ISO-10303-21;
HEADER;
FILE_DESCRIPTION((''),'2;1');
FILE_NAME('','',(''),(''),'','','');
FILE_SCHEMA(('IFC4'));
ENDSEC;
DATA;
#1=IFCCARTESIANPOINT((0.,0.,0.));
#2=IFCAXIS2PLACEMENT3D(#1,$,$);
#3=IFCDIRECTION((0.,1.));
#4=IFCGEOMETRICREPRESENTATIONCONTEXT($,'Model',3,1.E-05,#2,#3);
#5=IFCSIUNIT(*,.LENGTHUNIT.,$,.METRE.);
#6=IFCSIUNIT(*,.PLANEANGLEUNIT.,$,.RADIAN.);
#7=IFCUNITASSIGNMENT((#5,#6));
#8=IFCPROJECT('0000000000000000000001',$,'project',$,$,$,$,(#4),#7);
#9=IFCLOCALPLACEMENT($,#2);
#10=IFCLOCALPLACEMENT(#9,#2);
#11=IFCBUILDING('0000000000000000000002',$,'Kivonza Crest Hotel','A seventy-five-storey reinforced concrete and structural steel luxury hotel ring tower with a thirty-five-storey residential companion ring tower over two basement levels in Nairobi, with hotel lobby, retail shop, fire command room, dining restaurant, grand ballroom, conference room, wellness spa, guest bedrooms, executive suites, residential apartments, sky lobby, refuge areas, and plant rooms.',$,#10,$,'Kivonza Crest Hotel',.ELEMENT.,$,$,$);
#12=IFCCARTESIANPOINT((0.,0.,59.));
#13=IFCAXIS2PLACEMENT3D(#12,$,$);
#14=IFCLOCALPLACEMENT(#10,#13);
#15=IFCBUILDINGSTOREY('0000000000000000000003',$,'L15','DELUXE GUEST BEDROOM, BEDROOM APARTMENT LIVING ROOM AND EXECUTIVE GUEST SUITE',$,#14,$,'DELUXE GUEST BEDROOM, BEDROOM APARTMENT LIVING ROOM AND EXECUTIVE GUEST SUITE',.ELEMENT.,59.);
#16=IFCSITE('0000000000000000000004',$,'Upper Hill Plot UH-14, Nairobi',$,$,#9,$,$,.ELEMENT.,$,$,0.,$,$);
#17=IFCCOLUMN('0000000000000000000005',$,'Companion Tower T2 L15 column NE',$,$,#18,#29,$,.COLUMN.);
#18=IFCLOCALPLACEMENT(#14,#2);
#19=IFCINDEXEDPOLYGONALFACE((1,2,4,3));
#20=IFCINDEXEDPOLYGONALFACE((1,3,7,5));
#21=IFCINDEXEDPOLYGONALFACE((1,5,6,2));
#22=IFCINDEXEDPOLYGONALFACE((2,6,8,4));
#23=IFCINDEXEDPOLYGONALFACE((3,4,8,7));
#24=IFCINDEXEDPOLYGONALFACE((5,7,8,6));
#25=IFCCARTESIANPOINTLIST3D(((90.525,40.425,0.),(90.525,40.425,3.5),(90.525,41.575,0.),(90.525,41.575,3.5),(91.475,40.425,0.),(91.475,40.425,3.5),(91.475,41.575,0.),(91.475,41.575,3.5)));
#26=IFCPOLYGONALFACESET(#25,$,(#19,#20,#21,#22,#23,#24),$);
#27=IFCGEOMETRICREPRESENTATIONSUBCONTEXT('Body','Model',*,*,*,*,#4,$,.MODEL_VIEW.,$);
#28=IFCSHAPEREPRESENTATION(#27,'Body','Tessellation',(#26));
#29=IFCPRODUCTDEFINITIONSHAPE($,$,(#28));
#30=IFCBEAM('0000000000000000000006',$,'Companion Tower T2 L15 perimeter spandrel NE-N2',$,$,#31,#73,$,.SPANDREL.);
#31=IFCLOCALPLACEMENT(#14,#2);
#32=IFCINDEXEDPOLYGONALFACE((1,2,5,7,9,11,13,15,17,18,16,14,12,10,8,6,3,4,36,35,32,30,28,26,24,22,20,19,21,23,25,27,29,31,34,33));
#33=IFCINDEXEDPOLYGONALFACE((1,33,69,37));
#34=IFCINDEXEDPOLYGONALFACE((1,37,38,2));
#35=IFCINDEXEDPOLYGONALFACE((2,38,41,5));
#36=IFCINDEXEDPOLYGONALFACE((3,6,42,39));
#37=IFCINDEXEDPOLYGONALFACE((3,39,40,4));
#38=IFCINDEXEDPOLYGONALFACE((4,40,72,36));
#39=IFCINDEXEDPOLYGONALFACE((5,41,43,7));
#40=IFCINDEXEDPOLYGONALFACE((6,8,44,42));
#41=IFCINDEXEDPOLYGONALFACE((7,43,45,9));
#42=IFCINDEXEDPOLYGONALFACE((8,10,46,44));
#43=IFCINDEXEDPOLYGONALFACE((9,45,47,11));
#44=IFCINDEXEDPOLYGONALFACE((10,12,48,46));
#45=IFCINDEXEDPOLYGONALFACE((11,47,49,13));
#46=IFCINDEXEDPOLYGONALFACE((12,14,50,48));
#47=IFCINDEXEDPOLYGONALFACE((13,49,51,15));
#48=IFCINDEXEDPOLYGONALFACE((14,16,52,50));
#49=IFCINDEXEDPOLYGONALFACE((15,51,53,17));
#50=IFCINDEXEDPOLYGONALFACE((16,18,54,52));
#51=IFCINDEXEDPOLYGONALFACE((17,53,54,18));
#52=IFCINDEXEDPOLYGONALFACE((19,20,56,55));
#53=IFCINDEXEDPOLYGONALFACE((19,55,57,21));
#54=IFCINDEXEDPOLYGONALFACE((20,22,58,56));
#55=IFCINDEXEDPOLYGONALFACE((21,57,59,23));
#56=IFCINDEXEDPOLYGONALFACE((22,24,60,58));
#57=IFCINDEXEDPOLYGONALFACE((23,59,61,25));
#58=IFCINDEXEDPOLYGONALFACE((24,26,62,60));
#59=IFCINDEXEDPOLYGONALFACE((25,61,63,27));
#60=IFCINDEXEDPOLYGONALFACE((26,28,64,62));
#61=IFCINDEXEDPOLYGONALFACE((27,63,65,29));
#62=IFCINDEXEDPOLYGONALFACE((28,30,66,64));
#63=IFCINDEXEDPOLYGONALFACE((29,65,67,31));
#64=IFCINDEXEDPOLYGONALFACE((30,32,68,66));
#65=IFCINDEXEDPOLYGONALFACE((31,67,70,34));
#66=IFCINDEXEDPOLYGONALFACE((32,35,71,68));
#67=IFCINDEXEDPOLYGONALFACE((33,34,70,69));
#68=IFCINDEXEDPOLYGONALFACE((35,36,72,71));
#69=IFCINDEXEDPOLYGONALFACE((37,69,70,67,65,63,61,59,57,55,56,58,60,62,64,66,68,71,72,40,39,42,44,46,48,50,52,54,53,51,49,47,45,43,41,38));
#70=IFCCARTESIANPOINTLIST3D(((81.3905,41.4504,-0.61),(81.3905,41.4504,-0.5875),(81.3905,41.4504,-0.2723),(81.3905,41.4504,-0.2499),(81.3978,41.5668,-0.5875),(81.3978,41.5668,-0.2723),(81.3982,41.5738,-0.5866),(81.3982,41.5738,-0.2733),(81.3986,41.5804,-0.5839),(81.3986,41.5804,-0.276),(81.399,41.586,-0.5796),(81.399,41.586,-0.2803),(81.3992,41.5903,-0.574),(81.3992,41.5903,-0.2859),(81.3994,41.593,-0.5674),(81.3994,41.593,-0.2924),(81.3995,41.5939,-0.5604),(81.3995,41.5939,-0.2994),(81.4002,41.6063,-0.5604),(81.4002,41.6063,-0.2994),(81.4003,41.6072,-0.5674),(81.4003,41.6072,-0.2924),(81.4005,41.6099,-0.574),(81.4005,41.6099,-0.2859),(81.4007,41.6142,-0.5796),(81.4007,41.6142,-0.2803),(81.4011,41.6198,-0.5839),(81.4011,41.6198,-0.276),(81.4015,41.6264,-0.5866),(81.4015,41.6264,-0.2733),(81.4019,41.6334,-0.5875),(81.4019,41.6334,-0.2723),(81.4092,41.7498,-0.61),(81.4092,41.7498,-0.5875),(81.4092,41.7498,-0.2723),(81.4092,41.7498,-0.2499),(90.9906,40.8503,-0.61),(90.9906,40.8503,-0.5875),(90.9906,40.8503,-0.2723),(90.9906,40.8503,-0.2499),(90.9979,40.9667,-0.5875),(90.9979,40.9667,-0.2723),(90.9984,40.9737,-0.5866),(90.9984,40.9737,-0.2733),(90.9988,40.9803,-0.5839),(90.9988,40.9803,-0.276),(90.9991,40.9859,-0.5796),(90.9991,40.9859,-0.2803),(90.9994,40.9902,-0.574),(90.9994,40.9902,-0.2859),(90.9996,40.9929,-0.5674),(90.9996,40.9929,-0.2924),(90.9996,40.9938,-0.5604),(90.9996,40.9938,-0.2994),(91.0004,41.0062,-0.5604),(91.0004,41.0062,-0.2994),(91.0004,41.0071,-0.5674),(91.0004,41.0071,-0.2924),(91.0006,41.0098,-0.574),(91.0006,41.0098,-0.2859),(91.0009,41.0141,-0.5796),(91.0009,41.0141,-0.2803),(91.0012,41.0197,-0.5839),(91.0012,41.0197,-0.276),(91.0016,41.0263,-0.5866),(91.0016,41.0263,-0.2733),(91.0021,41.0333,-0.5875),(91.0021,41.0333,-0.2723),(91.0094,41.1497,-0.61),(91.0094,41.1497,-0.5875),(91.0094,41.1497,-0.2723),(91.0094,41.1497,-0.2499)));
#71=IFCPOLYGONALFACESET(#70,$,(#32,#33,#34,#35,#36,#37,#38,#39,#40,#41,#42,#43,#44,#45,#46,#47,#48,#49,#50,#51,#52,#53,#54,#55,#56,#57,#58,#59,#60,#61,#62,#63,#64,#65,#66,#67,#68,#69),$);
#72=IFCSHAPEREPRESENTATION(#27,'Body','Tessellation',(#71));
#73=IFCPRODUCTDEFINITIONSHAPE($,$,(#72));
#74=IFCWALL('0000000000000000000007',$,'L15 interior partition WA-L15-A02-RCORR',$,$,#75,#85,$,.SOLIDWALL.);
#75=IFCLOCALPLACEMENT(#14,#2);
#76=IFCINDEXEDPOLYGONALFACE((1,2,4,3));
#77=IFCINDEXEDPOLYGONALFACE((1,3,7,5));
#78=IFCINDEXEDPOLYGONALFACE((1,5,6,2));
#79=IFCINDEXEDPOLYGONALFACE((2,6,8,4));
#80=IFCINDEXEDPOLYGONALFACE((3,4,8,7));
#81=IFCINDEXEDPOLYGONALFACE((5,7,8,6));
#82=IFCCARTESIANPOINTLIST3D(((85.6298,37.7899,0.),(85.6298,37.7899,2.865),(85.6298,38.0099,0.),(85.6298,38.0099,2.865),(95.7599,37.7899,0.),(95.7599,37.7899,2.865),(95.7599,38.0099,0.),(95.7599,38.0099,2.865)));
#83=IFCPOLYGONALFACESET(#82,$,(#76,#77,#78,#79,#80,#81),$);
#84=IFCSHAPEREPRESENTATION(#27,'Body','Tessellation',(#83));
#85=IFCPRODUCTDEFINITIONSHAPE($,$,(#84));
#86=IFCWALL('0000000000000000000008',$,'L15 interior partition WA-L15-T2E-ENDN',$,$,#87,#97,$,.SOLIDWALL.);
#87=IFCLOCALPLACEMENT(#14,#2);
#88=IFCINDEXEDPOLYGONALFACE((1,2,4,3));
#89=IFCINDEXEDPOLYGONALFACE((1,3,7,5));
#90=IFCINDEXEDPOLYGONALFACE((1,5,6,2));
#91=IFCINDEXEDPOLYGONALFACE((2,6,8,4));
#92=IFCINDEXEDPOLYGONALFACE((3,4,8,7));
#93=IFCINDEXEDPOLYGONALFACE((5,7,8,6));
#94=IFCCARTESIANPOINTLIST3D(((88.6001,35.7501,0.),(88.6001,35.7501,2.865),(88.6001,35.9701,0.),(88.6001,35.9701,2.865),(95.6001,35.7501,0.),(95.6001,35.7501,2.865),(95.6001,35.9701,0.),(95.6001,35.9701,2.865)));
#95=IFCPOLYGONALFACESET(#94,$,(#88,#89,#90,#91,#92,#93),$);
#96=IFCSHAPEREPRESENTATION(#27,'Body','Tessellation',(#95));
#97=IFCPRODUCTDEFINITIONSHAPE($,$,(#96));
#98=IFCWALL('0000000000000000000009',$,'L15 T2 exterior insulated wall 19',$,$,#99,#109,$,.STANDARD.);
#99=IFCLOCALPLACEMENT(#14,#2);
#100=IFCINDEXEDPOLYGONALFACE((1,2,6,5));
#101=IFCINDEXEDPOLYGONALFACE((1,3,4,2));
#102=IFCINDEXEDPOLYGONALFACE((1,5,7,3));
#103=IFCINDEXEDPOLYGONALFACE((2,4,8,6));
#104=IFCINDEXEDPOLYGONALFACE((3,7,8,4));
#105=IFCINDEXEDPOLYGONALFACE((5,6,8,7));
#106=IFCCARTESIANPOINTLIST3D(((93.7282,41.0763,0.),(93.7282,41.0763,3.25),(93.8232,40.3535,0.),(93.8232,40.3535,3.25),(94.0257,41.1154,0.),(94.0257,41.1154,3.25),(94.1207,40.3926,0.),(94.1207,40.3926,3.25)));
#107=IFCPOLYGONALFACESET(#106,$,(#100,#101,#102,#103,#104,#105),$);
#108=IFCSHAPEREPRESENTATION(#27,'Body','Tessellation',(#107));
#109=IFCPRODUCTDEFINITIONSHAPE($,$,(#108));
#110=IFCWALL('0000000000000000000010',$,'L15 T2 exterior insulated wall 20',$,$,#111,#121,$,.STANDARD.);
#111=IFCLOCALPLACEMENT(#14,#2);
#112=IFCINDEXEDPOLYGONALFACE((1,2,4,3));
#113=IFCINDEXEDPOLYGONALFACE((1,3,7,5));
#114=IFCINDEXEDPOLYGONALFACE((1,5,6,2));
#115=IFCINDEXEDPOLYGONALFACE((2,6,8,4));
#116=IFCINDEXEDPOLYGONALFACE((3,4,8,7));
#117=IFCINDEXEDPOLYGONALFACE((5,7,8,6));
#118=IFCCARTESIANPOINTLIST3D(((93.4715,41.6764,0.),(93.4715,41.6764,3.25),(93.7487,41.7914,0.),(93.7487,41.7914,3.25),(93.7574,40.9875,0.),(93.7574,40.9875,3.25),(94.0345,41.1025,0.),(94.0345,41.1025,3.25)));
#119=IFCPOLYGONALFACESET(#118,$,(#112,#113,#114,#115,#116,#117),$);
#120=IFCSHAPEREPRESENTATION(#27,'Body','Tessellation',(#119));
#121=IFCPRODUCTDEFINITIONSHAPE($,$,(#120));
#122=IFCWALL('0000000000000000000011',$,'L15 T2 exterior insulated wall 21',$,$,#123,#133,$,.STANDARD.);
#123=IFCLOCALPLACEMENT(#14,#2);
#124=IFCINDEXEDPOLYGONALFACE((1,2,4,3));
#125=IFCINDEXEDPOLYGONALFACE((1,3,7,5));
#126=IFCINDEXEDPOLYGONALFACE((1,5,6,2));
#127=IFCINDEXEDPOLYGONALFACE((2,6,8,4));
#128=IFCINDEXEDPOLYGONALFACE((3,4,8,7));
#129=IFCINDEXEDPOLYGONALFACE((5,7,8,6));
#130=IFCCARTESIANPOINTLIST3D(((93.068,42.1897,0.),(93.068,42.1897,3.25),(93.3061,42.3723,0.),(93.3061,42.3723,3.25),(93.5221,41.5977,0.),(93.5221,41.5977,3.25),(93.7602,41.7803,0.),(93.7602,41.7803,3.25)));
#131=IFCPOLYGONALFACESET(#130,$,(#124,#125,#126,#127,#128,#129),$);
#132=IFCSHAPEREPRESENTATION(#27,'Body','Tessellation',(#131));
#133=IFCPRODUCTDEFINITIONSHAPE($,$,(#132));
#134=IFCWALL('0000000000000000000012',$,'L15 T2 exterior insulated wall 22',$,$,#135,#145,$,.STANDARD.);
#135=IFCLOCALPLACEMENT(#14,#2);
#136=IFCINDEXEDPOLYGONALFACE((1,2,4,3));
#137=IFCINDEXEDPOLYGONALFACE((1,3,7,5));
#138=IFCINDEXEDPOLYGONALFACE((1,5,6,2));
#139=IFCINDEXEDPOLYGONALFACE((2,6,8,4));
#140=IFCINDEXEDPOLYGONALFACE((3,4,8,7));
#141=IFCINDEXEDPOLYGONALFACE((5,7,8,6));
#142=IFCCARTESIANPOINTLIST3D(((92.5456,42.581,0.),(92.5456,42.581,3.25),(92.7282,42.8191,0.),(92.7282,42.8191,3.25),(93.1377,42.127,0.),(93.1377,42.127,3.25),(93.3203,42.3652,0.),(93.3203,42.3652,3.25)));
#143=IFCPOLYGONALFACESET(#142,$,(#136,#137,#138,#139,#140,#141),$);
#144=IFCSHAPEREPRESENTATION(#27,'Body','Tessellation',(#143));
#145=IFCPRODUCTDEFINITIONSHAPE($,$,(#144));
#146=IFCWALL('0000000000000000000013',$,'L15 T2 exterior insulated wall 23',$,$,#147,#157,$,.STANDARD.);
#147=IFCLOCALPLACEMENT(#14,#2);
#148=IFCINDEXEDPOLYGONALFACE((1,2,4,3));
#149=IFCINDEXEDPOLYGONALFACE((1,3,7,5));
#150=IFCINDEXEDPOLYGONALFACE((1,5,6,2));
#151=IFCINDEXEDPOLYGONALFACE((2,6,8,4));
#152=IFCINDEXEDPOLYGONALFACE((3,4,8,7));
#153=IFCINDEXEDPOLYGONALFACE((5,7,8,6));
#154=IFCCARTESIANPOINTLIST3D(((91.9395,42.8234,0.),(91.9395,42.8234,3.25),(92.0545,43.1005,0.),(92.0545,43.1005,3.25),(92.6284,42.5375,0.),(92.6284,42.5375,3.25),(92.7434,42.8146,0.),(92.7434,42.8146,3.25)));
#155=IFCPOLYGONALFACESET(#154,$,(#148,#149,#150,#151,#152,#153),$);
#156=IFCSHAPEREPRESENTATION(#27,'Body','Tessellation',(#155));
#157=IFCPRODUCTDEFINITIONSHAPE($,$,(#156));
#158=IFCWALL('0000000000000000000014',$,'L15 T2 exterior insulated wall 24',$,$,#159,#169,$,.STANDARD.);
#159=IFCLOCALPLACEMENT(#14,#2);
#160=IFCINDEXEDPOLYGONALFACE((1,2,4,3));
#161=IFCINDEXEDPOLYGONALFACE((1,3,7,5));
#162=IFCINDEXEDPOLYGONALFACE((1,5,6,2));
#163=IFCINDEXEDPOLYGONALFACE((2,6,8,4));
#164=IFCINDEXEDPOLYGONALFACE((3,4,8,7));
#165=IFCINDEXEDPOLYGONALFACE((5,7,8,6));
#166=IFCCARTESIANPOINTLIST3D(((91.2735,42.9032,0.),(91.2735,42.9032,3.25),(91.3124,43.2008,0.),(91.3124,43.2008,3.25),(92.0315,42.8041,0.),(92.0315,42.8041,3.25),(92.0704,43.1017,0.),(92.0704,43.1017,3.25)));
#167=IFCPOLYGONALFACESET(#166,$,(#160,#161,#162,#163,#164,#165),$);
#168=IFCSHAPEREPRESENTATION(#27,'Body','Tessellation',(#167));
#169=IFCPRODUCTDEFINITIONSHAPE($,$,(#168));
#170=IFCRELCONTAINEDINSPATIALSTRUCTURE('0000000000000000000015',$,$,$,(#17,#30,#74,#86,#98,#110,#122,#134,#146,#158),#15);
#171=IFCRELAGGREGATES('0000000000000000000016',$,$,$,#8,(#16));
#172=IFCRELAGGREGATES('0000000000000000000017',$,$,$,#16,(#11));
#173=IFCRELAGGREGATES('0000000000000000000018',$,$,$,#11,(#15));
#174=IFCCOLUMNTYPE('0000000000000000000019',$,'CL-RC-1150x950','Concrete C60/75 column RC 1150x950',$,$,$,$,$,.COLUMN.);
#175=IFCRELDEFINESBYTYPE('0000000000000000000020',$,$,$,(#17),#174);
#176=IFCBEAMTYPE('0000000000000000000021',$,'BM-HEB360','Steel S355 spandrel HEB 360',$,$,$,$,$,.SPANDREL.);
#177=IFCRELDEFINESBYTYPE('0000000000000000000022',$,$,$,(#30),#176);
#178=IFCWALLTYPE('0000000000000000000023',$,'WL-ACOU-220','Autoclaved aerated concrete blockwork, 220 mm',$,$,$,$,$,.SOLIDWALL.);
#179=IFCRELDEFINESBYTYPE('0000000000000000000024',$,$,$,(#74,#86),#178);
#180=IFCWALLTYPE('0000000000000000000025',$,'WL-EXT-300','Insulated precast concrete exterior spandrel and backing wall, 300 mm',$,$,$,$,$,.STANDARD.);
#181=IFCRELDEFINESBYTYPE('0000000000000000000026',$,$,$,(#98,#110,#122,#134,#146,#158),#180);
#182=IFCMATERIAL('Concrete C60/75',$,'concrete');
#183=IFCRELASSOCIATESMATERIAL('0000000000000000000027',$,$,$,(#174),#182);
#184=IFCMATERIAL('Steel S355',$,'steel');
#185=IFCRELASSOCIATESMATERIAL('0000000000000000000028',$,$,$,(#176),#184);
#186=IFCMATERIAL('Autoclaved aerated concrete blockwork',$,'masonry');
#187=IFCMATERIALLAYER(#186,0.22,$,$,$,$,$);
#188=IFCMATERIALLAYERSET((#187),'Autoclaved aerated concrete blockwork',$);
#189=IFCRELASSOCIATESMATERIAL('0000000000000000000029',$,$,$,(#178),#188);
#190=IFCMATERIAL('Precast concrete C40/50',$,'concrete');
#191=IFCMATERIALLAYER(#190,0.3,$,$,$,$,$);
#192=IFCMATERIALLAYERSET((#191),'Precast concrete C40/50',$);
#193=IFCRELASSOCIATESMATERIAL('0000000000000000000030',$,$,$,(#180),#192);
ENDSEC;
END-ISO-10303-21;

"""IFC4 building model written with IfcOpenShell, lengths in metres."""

from ifc_helpers import new_model, si_unit, direction, frame, frame_2d, origin, origin_2d, place, context, subcontext, project, spatial, rectangle, i_section, extrude, material, layer, layer_set, material_profile, profile_set, type_object, element, save


model = new_model("IFC4")

# Units and contexts
model_context = context("Model", 3, precision=1e-05, world=origin(), true_north=direction((0.0, 1.0)))
body_context = subcontext(model_context, "Body", "Model", "MODEL_VIEW")
ifc_project = project(units=[si_unit("LENGTHUNIT", "METRE"), si_unit("PLANEANGLEUNIT", "RADIAN")], contexts=[model_context])

# Site, building, storey
site_placement = place(None, origin())
site = spatial("IfcSite", under=ifc_project, at=site_placement, Name="Upper Hill Plot UH-14, Nairobi", CompositionType="ELEMENT", RefElevation=0.0)
building_placement = place(site_placement, origin())
building = spatial("IfcBuilding", under=site, at=building_placement, Name="Kivonza Crest Hotel", Description="A seventy-five-storey reinforced concrete and structural steel luxury hotel ring tower with a thirty-five-storey residential companion ring tower over two basement levels in Nairobi, with hotel lobby, retail shop, fire command room, dining restaurant, grand ballroom, conference room, wellness spa, guest bedrooms, executive suites, residential apartments, sky lobby, refuge areas, and plant rooms.", LongName="Kivonza Crest Hotel", CompositionType="ELEMENT")
storey_placement = place(building_placement, frame((0.0, 0.0, 59.0)))
storey = spatial("IfcBuildingStorey", under=building, at=storey_placement, Name="L15", Description="DELUXE GUEST BEDROOM, BEDROOM APARTMENT LIVING ROOM AND EXECUTIVE GUEST SUITE", LongName="DELUXE GUEST BEDROOM, BEDROOM APARTMENT LIVING ROOM AND EXECUTIVE GUEST SUITE", CompositionType="ELEMENT", Elevation=59.0)

# Column
ifc_material_1 = material(Name="Concrete C60/75", Category="concrete")
ifc_material_profile_1 = material_profile(ifc_material_1, rectangle(XDim=0.95, YDim=1.1499, at=origin_2d()), Name="RC 1150x950")
ifc_profile_set_1 = profile_set([ifc_material_profile_1], Name="Concrete C60/75")
column_type = type_object("IfcColumnType", Name="CL-RC-1150x950", Description="Concrete C60/75 column RC 1150x950", PredefinedType="COLUMN", material=ifc_profile_set_1)
column_placement = place(storey_placement, frame((91.0, 41.0, 0.0), z_axis=(0.0, 0.0, 1.0), x_axis=(1.0, 0.0, 0.0)))
element("IfcColumn", 1, at=column_placement, inside=storey, type_object=column_type, Name="Companion Tower T2 L15 column NE", PredefinedType="COLUMN", context=body_context, shape_type="SweptSolid", body=[
    extrude(rectangle(XDim=0.95, YDim=1.1499, at=origin_2d()), origin(), (0.0, 0.0, 1.0), 3.5),
])

# Beam
ifc_material_2 = material(Name="Steel S355", Category="steel")
ifc_material_profile_2 = material_profile(ifc_material_2, i_section(OverallWidth=0.3, OverallDepth=0.3601, WebThickness=0.0125, FlangeThickness=0.0225, FilletRadius=0.0271, at=origin_2d()), Name="HEB 360")
ifc_profile_set_2 = profile_set([ifc_material_profile_2], Name="Steel S355")
beam_type = type_object("IfcBeamType", Name="BM-HEB360", Description="Steel S355 spandrel HEB 360", PredefinedType="SPANDREL", material=ifc_profile_set_2)
beam_placement = place(storey_placement, frame((91.0, 41.0, -0.4299), z_axis=(-0.998052, 0.062388, 0.0), x_axis=(-0.062388, -0.998052, 0.0)))
element("IfcBeam", 2, at=beam_placement, inside=storey, type_object=beam_type, Name="Companion Tower T2 L15 perimeter spandrel NE-N2", PredefinedType="SPANDREL", context=body_context, shape_type="SweptSolid", body=[
    extrude(i_section(OverallWidth=0.3, OverallDepth=0.3601, WebThickness=0.0125, FlangeThickness=0.0225, FilletRadius=0.0271, at=origin_2d()), origin(), (0.0, 0.0, 1.0), 9.6189),
])

# Walls
ifc_material_3 = material(Name="Autoclaved aerated concrete blockwork", Category="masonry")
ifc_layer_1 = layer(ifc_material_3, 0.22)
ifc_layer_set_1 = layer_set([ifc_layer_1], Name="Autoclaved aerated concrete blockwork")
wall_type_1 = type_object("IfcWallType", Name="WL-ACOU-220", Description="Autoclaved aerated concrete blockwork, 220 mm", PredefinedType="SOLIDWALL", material=ifc_layer_set_1)
wall_1_placement = place(storey_placement, frame((85.6299, 37.8999, 0.0), z_axis=(0.0, 0.0, 1.0), x_axis=(1.0, 0.0, 0.0)))
element("IfcWall", 3, at=wall_1_placement, inside=storey, type_object=wall_type_1, Name="L15 interior partition WA-L15-A02-RCORR", PredefinedType="SOLIDWALL", context=body_context, shape_type="SweptSolid", body=[
    extrude(rectangle(XDim=10.1301, YDim=0.22, at=frame_2d((5.0649, 0.0))), origin(), (0.0, 0.0, 1.0), 2.865),
])
wall_2_placement = place(storey_placement, frame((88.6001, 35.8601, 0.0), z_axis=(0.0, 0.0, 1.0), x_axis=(1.0, 0.0, 0.0)))
element("IfcWall", 4, at=wall_2_placement, inside=storey, type_object=wall_type_1, Name="L15 interior partition WA-L15-T2E-ENDN", PredefinedType="SOLIDWALL", context=body_context, shape_type="SweptSolid", body=[
    extrude(rectangle(XDim=7.0, YDim=0.22, at=frame_2d((3.5, 0.0))), origin(), (0.0, 0.0, 1.0), 2.865),
])
ifc_material_4 = material(Name="Precast concrete C40/50", Category="concrete")
ifc_layer_2 = layer(ifc_material_4, 0.3)
ifc_layer_set_2 = layer_set([ifc_layer_2], Name="Precast concrete C40/50")
wall_type_2 = type_object("IfcWallType", Name="WL-EXT-300", Description="Insulated precast concrete exterior spandrel and backing wall, 300 mm", PredefinedType="STANDARD", material=ifc_layer_set_2)
wall_3_placement = place(storey_placement, frame((93.9719, 40.373, 0.0), z_axis=(0.0, 0.0, 1.0), x_axis=(-0.130255, 0.99148, 0.0)))
element("IfcWall", 5, at=wall_3_placement, inside=storey, type_object=wall_type_2, Name="L15 T2 exterior insulated wall 19", PredefinedType="STANDARD", context=body_context, shape_type="SweptSolid", body=[
    extrude(rectangle(XDim=0.729, YDim=0.3, at=frame_2d((0.3645, 0.0))), origin(), (0.0, 0.0, 1.0), 3.25),
])
wall_4_placement = place(storey_placement, frame((93.896, 41.0449, 0.0), z_axis=(0.0, 0.0, 1.0), x_axis=(-0.383267, 0.923638, 0.0)))
element("IfcWall", 6, at=wall_4_placement, inside=storey, type_object=wall_type_2, Name="L15 T2 exterior insulated wall 20", PredefinedType="STANDARD", context=body_context, shape_type="SweptSolid", body=[
    extrude(rectangle(XDim=0.7458, YDim=0.3, at=frame_2d((0.373, 0.0))), origin(), (0.0, 0.0, 1.0), 3.25),
])
for number, where, z_axis, x_axis, name in (
    (7, (93.6411, 41.689, 0.0), (0.0, 0.0, 1.0), (-0.608603, 0.793475, 0.0), "L15 T2 exterior insulated wall 21"),
    (8, (93.229, 42.2461, 0.0), (0.0, 0.0, 1.0), (-0.793633, 0.608397, 0.0), "L15 T2 exterior insulated wall 22"),
):
    element("IfcWall", number, at=place(storey_placement, frame(where, z_axis=z_axis, x_axis=x_axis)), inside=storey, type_object=wall_type_2, Name=name, PredefinedType="STANDARD", context=body_context, shape_type="SweptSolid", body=[
        extrude(rectangle(XDim=0.7461, YDim=0.3, at=frame_2d((0.373, 0.0))), origin(), (0.0, 0.0, 1.0), 3.25),
    ])
wall_5_placement = place(storey_placement, frame((92.686, 42.676, 0.0), z_axis=(0.0, 0.0, 1.0), x_axis=(-0.923638, 0.383267, 0.0)))
element("IfcWall", 9, at=wall_5_placement, inside=storey, type_object=wall_type_2, Name="L15 T2 exterior insulated wall 23", PredefinedType="STANDARD", context=body_context, shape_type="SweptSolid", body=[
    extrude(rectangle(XDim=0.7458, YDim=0.3, at=frame_2d((0.373, 0.0))), origin(), (0.0, 0.0, 1.0), 3.25),
])
wall_6_placement = place(storey_placement, frame((92.051, 42.9529, 0.0), z_axis=(0.0, 0.0, 1.0), x_axis=(-0.991559, 0.129653, 0.0)))
element("IfcWall", 10, at=wall_6_placement, inside=storey, type_object=wall_type_2, Name="L15 T2 exterior insulated wall 24", PredefinedType="STANDARD", context=body_context, shape_type="SweptSolid", body=[
    extrude(rectangle(XDim=0.7644, YDim=0.3, at=frame_2d((0.3823, 0.0))), origin(), (0.0, 0.0, 1.0), 3.25),
])

save(model, "model.ifc")
